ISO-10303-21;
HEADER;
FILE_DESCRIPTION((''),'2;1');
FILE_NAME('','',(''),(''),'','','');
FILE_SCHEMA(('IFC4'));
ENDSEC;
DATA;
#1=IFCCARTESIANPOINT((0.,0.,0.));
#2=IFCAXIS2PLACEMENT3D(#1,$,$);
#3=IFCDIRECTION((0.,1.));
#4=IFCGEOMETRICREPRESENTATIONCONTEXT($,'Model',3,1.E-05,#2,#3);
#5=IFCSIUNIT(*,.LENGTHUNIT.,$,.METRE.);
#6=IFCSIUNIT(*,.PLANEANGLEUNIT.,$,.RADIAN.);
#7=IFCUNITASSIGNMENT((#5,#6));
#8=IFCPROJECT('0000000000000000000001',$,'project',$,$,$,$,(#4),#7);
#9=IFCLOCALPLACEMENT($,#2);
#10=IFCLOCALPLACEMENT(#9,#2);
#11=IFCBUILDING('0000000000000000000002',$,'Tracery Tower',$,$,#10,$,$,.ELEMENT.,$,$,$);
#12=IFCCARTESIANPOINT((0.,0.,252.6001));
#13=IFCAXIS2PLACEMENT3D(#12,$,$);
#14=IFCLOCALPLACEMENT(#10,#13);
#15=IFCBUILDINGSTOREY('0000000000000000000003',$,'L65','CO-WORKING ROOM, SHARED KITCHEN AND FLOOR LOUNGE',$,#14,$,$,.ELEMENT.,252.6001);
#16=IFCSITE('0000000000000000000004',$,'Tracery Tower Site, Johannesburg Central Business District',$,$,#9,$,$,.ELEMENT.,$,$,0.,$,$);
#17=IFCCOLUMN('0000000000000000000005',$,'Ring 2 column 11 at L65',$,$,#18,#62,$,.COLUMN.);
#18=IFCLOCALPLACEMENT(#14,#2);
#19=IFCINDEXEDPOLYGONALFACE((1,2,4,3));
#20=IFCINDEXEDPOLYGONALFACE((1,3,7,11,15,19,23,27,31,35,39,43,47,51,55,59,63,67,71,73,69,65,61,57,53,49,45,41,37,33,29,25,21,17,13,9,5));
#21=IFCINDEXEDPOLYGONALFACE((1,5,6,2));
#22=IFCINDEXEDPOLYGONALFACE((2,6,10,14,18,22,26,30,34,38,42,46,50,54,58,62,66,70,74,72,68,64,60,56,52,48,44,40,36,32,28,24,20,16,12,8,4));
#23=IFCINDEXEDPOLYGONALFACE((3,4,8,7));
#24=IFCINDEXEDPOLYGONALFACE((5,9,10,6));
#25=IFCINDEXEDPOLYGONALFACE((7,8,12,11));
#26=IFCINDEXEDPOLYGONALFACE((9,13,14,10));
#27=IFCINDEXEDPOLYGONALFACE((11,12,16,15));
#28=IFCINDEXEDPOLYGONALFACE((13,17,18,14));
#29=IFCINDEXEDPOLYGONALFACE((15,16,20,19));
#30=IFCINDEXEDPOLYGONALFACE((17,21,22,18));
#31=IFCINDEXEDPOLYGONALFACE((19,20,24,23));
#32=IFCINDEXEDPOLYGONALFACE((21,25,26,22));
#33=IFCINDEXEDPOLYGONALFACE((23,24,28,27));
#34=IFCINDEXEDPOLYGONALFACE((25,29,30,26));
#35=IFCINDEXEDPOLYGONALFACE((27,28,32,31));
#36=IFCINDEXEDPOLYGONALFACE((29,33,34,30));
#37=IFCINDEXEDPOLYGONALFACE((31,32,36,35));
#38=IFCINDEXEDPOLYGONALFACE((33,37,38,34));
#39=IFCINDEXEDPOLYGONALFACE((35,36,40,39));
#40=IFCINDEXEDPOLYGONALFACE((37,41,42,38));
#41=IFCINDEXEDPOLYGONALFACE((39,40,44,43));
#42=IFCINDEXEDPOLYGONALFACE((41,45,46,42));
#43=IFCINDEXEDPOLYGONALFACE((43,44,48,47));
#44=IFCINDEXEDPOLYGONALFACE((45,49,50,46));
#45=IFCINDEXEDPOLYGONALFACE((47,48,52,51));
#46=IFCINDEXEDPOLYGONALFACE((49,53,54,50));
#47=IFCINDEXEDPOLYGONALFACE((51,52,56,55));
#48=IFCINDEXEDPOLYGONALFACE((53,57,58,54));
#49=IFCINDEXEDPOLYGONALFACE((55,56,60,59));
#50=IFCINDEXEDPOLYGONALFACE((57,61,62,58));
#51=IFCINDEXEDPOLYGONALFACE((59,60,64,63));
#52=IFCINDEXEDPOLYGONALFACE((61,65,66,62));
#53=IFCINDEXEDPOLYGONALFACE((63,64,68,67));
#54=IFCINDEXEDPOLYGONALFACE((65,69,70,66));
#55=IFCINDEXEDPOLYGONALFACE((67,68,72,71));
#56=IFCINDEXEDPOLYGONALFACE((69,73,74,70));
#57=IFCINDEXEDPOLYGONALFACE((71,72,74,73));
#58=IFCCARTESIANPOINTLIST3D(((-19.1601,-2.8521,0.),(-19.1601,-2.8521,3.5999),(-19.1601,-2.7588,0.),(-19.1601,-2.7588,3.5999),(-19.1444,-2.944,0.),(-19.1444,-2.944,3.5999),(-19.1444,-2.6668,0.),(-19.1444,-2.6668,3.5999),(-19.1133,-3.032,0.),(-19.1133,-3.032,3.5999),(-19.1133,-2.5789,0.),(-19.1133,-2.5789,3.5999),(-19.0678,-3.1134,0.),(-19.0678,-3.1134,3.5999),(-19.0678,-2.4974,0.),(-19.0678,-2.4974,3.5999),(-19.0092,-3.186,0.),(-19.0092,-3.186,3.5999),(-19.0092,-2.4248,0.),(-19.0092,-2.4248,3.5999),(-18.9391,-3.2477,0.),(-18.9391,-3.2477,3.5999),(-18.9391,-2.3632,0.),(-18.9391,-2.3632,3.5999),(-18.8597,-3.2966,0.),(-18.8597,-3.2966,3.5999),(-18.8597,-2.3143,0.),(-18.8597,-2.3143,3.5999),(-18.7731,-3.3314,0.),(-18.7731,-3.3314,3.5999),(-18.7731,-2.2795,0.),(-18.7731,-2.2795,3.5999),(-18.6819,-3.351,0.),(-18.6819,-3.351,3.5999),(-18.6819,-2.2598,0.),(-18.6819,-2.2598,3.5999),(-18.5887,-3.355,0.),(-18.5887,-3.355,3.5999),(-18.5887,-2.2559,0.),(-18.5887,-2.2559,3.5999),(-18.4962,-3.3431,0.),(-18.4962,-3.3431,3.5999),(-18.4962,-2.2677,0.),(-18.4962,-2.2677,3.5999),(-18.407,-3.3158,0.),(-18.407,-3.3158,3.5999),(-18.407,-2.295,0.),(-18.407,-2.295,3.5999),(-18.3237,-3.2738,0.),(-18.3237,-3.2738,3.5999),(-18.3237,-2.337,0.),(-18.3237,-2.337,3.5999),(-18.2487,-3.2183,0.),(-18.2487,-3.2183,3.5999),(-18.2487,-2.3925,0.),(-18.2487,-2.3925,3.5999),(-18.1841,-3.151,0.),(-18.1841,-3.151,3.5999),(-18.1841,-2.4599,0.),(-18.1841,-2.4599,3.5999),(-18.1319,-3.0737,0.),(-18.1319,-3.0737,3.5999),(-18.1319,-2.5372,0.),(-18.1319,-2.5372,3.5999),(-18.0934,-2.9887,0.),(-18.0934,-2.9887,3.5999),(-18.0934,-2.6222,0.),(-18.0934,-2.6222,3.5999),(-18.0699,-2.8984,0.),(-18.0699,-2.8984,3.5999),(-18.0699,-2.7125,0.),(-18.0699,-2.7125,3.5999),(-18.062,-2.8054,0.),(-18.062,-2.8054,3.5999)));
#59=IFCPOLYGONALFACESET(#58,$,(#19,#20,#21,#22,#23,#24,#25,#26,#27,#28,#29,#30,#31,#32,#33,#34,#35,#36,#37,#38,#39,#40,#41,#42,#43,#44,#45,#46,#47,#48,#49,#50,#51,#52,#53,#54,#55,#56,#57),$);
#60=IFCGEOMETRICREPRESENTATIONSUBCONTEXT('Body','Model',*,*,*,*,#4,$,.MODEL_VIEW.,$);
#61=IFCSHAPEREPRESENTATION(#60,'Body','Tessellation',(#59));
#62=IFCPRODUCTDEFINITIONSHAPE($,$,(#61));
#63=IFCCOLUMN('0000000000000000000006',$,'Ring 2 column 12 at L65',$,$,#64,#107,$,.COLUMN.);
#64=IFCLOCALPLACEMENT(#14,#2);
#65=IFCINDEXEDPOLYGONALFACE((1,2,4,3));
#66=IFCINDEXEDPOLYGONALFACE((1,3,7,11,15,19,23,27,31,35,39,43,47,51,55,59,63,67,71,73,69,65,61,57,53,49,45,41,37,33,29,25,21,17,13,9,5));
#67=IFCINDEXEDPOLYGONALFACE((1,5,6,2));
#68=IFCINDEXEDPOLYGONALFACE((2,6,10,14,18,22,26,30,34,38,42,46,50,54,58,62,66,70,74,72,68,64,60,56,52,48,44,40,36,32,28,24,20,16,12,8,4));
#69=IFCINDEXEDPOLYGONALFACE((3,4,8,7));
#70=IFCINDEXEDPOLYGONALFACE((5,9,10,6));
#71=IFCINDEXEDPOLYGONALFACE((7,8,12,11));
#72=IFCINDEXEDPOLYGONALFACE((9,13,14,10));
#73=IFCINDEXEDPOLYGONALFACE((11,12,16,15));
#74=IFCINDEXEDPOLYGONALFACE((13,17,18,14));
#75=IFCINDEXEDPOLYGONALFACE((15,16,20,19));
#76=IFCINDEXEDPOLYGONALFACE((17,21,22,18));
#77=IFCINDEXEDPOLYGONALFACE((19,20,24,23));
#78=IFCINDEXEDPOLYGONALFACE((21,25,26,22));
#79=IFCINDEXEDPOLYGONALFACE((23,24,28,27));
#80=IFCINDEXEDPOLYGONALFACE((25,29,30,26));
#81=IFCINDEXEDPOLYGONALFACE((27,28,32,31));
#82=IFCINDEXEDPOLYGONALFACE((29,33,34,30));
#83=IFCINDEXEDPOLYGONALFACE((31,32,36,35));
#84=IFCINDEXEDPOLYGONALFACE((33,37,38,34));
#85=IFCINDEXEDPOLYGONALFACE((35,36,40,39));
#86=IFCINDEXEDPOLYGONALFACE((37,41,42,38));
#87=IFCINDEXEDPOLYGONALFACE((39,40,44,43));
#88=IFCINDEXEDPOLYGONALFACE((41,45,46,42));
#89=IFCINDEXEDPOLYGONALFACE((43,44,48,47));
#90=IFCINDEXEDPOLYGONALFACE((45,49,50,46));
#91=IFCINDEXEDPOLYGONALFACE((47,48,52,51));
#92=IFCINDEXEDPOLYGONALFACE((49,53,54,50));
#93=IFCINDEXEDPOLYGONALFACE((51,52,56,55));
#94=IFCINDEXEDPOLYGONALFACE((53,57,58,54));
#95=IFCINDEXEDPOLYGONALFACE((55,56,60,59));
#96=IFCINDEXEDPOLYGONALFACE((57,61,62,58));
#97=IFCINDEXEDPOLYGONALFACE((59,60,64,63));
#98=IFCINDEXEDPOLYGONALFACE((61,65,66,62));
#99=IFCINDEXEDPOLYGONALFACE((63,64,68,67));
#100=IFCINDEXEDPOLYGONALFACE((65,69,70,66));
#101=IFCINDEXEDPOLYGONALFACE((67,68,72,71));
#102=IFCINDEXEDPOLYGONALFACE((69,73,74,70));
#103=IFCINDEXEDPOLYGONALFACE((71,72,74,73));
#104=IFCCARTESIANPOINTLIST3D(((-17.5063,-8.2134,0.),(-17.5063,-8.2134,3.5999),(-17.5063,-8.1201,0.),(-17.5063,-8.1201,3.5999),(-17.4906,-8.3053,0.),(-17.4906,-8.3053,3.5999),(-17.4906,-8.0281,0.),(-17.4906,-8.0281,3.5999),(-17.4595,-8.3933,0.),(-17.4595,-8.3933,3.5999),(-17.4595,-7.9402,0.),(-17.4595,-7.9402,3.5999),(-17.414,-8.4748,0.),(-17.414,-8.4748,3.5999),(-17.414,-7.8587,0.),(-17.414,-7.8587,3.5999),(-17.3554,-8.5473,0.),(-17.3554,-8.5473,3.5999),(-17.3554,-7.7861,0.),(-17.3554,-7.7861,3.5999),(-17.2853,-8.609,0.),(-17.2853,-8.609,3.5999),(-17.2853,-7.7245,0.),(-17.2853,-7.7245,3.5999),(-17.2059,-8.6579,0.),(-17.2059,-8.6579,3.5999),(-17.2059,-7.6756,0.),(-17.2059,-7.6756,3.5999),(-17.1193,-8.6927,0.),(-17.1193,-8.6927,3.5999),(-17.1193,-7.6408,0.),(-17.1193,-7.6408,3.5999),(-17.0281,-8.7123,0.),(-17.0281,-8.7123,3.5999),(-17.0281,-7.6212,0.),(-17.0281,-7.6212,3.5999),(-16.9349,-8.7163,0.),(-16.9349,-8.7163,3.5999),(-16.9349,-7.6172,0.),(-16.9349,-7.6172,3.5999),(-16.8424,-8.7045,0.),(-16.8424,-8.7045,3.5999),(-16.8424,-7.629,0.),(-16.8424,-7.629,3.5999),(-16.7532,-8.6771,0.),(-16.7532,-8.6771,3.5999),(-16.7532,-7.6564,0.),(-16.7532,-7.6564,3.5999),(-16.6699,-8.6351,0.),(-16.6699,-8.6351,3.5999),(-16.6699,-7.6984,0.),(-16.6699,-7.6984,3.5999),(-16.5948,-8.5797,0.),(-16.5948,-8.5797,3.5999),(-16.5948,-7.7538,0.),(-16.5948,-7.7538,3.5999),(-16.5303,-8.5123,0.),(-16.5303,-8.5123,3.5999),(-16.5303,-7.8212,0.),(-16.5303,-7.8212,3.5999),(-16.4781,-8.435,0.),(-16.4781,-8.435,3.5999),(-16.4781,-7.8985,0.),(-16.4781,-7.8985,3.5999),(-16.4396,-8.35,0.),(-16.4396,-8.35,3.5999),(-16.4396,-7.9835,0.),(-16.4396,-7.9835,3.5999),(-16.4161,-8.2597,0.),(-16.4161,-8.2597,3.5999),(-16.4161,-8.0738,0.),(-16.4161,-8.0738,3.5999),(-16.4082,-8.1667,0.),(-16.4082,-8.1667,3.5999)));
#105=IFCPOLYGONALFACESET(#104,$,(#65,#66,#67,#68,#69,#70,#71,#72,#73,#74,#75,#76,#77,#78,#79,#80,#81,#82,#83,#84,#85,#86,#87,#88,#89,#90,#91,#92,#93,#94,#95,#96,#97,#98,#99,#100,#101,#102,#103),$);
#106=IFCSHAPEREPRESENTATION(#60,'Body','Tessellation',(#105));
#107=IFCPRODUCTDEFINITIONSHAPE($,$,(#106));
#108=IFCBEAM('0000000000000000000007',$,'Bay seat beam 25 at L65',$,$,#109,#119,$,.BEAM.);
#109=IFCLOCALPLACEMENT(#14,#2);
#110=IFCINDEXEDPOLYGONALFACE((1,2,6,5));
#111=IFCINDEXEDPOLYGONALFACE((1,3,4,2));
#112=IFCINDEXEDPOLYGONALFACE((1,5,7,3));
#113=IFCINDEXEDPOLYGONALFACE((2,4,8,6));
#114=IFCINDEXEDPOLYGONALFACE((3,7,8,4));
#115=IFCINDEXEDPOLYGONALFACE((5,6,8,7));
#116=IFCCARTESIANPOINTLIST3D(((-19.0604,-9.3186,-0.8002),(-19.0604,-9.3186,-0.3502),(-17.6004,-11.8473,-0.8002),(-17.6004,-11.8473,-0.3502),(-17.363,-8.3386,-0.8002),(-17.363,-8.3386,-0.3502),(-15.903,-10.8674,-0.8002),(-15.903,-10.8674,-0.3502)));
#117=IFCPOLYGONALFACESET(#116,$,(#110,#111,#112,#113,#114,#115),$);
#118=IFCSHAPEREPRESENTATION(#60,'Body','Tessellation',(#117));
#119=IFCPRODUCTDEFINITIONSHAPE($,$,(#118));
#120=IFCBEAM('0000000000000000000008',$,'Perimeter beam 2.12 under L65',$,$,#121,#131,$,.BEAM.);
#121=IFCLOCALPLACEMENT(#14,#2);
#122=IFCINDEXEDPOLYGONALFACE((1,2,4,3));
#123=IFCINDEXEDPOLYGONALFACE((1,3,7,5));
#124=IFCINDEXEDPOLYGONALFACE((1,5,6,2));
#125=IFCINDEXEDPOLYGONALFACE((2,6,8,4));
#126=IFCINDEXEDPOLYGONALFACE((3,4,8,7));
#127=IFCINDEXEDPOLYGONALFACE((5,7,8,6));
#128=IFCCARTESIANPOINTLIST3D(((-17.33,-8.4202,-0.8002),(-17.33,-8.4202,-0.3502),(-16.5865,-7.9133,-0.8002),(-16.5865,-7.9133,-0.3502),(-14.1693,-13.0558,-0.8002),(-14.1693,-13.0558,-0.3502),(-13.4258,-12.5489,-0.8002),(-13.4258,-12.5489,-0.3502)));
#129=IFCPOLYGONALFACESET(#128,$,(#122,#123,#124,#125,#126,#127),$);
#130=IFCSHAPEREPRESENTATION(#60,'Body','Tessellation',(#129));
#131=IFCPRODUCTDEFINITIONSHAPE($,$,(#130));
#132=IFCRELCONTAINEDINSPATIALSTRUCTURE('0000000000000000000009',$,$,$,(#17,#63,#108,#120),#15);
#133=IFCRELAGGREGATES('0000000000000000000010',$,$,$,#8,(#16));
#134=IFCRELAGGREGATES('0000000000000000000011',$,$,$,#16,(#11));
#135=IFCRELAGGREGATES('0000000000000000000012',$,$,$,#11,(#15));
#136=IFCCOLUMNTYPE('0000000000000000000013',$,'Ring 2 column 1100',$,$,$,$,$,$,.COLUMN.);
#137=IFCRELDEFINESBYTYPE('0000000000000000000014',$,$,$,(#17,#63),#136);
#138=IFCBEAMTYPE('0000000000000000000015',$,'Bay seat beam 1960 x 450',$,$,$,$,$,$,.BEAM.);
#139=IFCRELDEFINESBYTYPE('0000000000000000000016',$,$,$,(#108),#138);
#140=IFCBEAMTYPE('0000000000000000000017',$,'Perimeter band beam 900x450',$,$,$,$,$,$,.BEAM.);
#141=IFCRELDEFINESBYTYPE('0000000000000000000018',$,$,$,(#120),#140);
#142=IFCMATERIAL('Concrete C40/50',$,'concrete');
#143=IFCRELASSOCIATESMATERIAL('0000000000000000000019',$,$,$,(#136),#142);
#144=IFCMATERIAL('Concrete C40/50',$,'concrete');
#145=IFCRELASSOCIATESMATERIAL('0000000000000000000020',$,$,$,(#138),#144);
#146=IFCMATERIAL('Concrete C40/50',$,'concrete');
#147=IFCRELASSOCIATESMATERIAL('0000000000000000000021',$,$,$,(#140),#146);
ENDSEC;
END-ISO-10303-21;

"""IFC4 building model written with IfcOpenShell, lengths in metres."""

from ifc_helpers import new_model, si_unit, direction, frame, origin, origin_2d, place, context, subcontext, project, spatial, rectangle, circle, extrude, material, material_profile, profile_set, type_object, element, save


model = new_model("IFC4")

# Units and contexts
model_context = context("Model", 3, precision=1e-05, world=origin(), true_north=direction((0.0, 1.0)))
body_context = subcontext(model_context, "Body", "Model", "MODEL_VIEW")
ifc_project = project(units=[si_unit("LENGTHUNIT", "METRE"), si_unit("PLANEANGLEUNIT", "RADIAN")], contexts=[model_context])

# Site, building, storey
site_placement = place(None, origin())
site = spatial("IfcSite", under=ifc_project, at=site_placement, Name="Tracery Tower Site, Johannesburg Central Business District", CompositionType="ELEMENT", RefElevation=0.0)
building_placement = place(site_placement, origin())
building = spatial("IfcBuilding", under=site, at=building_placement, Name="Tracery Tower", CompositionType="ELEMENT")
storey_placement = place(building_placement, frame((0.0, 0.0, 252.6001)))
storey = spatial("IfcBuildingStorey", under=building, at=storey_placement, Name="L65", Description="CO-WORKING ROOM, SHARED KITCHEN AND FLOOR LOUNGE", CompositionType="ELEMENT", Elevation=252.6001)

# Columns
ifc_material_1 = material(Name="Concrete C40/50", Category="concrete")
ifc_material_profile_1 = material_profile(ifc_material_1, circle(Radius=0.55, at=origin_2d()), Name="RC D1100")
ifc_profile_set_1 = profile_set([ifc_material_profile_1], Name="Concrete C40/50")
column_type = type_object("IfcColumnType", Name="Ring 2 column 1100", PredefinedType="COLUMN", material=ifc_profile_set_1)
for number, where, z_axis, x_axis, name in (
    (1, (-18.6121, -2.8054, 0.0), (0.0, 0.0, 1.0), (1.0, 0.0, 0.0), "Ring 2 column 11 at L65"),
    (2, (-16.9583, -8.1667, 0.0), (0.0, 0.0, 1.0), (1.0, 0.0, 0.0), "Ring 2 column 12 at L65"),
):
    element("IfcColumn", number, at=place(storey_placement, frame(where, z_axis=z_axis, x_axis=x_axis)), inside=storey, type_object=column_type, Name=name, PredefinedType="COLUMN", context=body_context, shape_type="SweptSolid", body=[
        extrude(circle(Radius=0.55, at=origin_2d()), origin(), (0.0, 0.0, 1.0), 3.5999),
    ])

# Beams
ifc_material_2 = material(Name="Concrete C40/50", Category="concrete")
ifc_material_profile_2 = material_profile(ifc_material_2, rectangle(XDim=1.96, YDim=0.45, at=origin_2d()), Name="RC 1960x450")
ifc_profile_set_2 = profile_set([ifc_material_profile_2], Name="Concrete C40/50")
beam_type_1 = type_object("IfcBeamType", Name="Bay seat beam 1960 x 450", PredefinedType="BEAM", material=ifc_profile_set_2)
beam_1_placement = place(storey_placement, frame((-18.2117, -8.8286, -0.5752), z_axis=(0.499988, -0.866032, 0.0), x_axis=(0.866032, 0.499988, 0.0)))
element("IfcBeam", 3, at=beam_1_placement, inside=storey, type_object=beam_type_1, Name="Bay seat beam 25 at L65", PredefinedType="BEAM", context=body_context, shape_type="SweptSolid", body=[
    extrude(rectangle(XDim=1.96, YDim=0.45, at=origin_2d()), origin(), (0.0, 0.0, 1.0), 2.9199),
])
ifc_material_3 = material(Name="Concrete C40/50", Category="concrete")
ifc_material_profile_3 = material_profile(ifc_material_3, rectangle(XDim=0.8999, YDim=0.45, at=origin_2d()), Name="RC 900x450")
ifc_profile_set_3 = profile_set([ifc_material_profile_3], Name="Concrete C40/50")
beam_type_2 = type_object("IfcBeamType", Name="Perimeter band beam 900x450", PredefinedType="BEAM", material=ifc_profile_set_3)
beam_2_placement = place(storey_placement, frame((-16.9583, -8.1667, -0.5752), z_axis=(0.563346, -0.826221, 0.0), x_axis=(0.826221, 0.563346, 0.0)))
element("IfcBeam", 4, at=beam_2_placement, inside=storey, type_object=beam_type_2, Name="Perimeter beam 2.12 under L65", PredefinedType="BEAM", context=body_context, shape_type="SweptSolid", body=[
    extrude(rectangle(XDim=0.8999, YDim=0.45, at=origin_2d()), origin(), (0.0, 0.0, 1.0), 5.6106),
])

save(model, "model.ifc")
